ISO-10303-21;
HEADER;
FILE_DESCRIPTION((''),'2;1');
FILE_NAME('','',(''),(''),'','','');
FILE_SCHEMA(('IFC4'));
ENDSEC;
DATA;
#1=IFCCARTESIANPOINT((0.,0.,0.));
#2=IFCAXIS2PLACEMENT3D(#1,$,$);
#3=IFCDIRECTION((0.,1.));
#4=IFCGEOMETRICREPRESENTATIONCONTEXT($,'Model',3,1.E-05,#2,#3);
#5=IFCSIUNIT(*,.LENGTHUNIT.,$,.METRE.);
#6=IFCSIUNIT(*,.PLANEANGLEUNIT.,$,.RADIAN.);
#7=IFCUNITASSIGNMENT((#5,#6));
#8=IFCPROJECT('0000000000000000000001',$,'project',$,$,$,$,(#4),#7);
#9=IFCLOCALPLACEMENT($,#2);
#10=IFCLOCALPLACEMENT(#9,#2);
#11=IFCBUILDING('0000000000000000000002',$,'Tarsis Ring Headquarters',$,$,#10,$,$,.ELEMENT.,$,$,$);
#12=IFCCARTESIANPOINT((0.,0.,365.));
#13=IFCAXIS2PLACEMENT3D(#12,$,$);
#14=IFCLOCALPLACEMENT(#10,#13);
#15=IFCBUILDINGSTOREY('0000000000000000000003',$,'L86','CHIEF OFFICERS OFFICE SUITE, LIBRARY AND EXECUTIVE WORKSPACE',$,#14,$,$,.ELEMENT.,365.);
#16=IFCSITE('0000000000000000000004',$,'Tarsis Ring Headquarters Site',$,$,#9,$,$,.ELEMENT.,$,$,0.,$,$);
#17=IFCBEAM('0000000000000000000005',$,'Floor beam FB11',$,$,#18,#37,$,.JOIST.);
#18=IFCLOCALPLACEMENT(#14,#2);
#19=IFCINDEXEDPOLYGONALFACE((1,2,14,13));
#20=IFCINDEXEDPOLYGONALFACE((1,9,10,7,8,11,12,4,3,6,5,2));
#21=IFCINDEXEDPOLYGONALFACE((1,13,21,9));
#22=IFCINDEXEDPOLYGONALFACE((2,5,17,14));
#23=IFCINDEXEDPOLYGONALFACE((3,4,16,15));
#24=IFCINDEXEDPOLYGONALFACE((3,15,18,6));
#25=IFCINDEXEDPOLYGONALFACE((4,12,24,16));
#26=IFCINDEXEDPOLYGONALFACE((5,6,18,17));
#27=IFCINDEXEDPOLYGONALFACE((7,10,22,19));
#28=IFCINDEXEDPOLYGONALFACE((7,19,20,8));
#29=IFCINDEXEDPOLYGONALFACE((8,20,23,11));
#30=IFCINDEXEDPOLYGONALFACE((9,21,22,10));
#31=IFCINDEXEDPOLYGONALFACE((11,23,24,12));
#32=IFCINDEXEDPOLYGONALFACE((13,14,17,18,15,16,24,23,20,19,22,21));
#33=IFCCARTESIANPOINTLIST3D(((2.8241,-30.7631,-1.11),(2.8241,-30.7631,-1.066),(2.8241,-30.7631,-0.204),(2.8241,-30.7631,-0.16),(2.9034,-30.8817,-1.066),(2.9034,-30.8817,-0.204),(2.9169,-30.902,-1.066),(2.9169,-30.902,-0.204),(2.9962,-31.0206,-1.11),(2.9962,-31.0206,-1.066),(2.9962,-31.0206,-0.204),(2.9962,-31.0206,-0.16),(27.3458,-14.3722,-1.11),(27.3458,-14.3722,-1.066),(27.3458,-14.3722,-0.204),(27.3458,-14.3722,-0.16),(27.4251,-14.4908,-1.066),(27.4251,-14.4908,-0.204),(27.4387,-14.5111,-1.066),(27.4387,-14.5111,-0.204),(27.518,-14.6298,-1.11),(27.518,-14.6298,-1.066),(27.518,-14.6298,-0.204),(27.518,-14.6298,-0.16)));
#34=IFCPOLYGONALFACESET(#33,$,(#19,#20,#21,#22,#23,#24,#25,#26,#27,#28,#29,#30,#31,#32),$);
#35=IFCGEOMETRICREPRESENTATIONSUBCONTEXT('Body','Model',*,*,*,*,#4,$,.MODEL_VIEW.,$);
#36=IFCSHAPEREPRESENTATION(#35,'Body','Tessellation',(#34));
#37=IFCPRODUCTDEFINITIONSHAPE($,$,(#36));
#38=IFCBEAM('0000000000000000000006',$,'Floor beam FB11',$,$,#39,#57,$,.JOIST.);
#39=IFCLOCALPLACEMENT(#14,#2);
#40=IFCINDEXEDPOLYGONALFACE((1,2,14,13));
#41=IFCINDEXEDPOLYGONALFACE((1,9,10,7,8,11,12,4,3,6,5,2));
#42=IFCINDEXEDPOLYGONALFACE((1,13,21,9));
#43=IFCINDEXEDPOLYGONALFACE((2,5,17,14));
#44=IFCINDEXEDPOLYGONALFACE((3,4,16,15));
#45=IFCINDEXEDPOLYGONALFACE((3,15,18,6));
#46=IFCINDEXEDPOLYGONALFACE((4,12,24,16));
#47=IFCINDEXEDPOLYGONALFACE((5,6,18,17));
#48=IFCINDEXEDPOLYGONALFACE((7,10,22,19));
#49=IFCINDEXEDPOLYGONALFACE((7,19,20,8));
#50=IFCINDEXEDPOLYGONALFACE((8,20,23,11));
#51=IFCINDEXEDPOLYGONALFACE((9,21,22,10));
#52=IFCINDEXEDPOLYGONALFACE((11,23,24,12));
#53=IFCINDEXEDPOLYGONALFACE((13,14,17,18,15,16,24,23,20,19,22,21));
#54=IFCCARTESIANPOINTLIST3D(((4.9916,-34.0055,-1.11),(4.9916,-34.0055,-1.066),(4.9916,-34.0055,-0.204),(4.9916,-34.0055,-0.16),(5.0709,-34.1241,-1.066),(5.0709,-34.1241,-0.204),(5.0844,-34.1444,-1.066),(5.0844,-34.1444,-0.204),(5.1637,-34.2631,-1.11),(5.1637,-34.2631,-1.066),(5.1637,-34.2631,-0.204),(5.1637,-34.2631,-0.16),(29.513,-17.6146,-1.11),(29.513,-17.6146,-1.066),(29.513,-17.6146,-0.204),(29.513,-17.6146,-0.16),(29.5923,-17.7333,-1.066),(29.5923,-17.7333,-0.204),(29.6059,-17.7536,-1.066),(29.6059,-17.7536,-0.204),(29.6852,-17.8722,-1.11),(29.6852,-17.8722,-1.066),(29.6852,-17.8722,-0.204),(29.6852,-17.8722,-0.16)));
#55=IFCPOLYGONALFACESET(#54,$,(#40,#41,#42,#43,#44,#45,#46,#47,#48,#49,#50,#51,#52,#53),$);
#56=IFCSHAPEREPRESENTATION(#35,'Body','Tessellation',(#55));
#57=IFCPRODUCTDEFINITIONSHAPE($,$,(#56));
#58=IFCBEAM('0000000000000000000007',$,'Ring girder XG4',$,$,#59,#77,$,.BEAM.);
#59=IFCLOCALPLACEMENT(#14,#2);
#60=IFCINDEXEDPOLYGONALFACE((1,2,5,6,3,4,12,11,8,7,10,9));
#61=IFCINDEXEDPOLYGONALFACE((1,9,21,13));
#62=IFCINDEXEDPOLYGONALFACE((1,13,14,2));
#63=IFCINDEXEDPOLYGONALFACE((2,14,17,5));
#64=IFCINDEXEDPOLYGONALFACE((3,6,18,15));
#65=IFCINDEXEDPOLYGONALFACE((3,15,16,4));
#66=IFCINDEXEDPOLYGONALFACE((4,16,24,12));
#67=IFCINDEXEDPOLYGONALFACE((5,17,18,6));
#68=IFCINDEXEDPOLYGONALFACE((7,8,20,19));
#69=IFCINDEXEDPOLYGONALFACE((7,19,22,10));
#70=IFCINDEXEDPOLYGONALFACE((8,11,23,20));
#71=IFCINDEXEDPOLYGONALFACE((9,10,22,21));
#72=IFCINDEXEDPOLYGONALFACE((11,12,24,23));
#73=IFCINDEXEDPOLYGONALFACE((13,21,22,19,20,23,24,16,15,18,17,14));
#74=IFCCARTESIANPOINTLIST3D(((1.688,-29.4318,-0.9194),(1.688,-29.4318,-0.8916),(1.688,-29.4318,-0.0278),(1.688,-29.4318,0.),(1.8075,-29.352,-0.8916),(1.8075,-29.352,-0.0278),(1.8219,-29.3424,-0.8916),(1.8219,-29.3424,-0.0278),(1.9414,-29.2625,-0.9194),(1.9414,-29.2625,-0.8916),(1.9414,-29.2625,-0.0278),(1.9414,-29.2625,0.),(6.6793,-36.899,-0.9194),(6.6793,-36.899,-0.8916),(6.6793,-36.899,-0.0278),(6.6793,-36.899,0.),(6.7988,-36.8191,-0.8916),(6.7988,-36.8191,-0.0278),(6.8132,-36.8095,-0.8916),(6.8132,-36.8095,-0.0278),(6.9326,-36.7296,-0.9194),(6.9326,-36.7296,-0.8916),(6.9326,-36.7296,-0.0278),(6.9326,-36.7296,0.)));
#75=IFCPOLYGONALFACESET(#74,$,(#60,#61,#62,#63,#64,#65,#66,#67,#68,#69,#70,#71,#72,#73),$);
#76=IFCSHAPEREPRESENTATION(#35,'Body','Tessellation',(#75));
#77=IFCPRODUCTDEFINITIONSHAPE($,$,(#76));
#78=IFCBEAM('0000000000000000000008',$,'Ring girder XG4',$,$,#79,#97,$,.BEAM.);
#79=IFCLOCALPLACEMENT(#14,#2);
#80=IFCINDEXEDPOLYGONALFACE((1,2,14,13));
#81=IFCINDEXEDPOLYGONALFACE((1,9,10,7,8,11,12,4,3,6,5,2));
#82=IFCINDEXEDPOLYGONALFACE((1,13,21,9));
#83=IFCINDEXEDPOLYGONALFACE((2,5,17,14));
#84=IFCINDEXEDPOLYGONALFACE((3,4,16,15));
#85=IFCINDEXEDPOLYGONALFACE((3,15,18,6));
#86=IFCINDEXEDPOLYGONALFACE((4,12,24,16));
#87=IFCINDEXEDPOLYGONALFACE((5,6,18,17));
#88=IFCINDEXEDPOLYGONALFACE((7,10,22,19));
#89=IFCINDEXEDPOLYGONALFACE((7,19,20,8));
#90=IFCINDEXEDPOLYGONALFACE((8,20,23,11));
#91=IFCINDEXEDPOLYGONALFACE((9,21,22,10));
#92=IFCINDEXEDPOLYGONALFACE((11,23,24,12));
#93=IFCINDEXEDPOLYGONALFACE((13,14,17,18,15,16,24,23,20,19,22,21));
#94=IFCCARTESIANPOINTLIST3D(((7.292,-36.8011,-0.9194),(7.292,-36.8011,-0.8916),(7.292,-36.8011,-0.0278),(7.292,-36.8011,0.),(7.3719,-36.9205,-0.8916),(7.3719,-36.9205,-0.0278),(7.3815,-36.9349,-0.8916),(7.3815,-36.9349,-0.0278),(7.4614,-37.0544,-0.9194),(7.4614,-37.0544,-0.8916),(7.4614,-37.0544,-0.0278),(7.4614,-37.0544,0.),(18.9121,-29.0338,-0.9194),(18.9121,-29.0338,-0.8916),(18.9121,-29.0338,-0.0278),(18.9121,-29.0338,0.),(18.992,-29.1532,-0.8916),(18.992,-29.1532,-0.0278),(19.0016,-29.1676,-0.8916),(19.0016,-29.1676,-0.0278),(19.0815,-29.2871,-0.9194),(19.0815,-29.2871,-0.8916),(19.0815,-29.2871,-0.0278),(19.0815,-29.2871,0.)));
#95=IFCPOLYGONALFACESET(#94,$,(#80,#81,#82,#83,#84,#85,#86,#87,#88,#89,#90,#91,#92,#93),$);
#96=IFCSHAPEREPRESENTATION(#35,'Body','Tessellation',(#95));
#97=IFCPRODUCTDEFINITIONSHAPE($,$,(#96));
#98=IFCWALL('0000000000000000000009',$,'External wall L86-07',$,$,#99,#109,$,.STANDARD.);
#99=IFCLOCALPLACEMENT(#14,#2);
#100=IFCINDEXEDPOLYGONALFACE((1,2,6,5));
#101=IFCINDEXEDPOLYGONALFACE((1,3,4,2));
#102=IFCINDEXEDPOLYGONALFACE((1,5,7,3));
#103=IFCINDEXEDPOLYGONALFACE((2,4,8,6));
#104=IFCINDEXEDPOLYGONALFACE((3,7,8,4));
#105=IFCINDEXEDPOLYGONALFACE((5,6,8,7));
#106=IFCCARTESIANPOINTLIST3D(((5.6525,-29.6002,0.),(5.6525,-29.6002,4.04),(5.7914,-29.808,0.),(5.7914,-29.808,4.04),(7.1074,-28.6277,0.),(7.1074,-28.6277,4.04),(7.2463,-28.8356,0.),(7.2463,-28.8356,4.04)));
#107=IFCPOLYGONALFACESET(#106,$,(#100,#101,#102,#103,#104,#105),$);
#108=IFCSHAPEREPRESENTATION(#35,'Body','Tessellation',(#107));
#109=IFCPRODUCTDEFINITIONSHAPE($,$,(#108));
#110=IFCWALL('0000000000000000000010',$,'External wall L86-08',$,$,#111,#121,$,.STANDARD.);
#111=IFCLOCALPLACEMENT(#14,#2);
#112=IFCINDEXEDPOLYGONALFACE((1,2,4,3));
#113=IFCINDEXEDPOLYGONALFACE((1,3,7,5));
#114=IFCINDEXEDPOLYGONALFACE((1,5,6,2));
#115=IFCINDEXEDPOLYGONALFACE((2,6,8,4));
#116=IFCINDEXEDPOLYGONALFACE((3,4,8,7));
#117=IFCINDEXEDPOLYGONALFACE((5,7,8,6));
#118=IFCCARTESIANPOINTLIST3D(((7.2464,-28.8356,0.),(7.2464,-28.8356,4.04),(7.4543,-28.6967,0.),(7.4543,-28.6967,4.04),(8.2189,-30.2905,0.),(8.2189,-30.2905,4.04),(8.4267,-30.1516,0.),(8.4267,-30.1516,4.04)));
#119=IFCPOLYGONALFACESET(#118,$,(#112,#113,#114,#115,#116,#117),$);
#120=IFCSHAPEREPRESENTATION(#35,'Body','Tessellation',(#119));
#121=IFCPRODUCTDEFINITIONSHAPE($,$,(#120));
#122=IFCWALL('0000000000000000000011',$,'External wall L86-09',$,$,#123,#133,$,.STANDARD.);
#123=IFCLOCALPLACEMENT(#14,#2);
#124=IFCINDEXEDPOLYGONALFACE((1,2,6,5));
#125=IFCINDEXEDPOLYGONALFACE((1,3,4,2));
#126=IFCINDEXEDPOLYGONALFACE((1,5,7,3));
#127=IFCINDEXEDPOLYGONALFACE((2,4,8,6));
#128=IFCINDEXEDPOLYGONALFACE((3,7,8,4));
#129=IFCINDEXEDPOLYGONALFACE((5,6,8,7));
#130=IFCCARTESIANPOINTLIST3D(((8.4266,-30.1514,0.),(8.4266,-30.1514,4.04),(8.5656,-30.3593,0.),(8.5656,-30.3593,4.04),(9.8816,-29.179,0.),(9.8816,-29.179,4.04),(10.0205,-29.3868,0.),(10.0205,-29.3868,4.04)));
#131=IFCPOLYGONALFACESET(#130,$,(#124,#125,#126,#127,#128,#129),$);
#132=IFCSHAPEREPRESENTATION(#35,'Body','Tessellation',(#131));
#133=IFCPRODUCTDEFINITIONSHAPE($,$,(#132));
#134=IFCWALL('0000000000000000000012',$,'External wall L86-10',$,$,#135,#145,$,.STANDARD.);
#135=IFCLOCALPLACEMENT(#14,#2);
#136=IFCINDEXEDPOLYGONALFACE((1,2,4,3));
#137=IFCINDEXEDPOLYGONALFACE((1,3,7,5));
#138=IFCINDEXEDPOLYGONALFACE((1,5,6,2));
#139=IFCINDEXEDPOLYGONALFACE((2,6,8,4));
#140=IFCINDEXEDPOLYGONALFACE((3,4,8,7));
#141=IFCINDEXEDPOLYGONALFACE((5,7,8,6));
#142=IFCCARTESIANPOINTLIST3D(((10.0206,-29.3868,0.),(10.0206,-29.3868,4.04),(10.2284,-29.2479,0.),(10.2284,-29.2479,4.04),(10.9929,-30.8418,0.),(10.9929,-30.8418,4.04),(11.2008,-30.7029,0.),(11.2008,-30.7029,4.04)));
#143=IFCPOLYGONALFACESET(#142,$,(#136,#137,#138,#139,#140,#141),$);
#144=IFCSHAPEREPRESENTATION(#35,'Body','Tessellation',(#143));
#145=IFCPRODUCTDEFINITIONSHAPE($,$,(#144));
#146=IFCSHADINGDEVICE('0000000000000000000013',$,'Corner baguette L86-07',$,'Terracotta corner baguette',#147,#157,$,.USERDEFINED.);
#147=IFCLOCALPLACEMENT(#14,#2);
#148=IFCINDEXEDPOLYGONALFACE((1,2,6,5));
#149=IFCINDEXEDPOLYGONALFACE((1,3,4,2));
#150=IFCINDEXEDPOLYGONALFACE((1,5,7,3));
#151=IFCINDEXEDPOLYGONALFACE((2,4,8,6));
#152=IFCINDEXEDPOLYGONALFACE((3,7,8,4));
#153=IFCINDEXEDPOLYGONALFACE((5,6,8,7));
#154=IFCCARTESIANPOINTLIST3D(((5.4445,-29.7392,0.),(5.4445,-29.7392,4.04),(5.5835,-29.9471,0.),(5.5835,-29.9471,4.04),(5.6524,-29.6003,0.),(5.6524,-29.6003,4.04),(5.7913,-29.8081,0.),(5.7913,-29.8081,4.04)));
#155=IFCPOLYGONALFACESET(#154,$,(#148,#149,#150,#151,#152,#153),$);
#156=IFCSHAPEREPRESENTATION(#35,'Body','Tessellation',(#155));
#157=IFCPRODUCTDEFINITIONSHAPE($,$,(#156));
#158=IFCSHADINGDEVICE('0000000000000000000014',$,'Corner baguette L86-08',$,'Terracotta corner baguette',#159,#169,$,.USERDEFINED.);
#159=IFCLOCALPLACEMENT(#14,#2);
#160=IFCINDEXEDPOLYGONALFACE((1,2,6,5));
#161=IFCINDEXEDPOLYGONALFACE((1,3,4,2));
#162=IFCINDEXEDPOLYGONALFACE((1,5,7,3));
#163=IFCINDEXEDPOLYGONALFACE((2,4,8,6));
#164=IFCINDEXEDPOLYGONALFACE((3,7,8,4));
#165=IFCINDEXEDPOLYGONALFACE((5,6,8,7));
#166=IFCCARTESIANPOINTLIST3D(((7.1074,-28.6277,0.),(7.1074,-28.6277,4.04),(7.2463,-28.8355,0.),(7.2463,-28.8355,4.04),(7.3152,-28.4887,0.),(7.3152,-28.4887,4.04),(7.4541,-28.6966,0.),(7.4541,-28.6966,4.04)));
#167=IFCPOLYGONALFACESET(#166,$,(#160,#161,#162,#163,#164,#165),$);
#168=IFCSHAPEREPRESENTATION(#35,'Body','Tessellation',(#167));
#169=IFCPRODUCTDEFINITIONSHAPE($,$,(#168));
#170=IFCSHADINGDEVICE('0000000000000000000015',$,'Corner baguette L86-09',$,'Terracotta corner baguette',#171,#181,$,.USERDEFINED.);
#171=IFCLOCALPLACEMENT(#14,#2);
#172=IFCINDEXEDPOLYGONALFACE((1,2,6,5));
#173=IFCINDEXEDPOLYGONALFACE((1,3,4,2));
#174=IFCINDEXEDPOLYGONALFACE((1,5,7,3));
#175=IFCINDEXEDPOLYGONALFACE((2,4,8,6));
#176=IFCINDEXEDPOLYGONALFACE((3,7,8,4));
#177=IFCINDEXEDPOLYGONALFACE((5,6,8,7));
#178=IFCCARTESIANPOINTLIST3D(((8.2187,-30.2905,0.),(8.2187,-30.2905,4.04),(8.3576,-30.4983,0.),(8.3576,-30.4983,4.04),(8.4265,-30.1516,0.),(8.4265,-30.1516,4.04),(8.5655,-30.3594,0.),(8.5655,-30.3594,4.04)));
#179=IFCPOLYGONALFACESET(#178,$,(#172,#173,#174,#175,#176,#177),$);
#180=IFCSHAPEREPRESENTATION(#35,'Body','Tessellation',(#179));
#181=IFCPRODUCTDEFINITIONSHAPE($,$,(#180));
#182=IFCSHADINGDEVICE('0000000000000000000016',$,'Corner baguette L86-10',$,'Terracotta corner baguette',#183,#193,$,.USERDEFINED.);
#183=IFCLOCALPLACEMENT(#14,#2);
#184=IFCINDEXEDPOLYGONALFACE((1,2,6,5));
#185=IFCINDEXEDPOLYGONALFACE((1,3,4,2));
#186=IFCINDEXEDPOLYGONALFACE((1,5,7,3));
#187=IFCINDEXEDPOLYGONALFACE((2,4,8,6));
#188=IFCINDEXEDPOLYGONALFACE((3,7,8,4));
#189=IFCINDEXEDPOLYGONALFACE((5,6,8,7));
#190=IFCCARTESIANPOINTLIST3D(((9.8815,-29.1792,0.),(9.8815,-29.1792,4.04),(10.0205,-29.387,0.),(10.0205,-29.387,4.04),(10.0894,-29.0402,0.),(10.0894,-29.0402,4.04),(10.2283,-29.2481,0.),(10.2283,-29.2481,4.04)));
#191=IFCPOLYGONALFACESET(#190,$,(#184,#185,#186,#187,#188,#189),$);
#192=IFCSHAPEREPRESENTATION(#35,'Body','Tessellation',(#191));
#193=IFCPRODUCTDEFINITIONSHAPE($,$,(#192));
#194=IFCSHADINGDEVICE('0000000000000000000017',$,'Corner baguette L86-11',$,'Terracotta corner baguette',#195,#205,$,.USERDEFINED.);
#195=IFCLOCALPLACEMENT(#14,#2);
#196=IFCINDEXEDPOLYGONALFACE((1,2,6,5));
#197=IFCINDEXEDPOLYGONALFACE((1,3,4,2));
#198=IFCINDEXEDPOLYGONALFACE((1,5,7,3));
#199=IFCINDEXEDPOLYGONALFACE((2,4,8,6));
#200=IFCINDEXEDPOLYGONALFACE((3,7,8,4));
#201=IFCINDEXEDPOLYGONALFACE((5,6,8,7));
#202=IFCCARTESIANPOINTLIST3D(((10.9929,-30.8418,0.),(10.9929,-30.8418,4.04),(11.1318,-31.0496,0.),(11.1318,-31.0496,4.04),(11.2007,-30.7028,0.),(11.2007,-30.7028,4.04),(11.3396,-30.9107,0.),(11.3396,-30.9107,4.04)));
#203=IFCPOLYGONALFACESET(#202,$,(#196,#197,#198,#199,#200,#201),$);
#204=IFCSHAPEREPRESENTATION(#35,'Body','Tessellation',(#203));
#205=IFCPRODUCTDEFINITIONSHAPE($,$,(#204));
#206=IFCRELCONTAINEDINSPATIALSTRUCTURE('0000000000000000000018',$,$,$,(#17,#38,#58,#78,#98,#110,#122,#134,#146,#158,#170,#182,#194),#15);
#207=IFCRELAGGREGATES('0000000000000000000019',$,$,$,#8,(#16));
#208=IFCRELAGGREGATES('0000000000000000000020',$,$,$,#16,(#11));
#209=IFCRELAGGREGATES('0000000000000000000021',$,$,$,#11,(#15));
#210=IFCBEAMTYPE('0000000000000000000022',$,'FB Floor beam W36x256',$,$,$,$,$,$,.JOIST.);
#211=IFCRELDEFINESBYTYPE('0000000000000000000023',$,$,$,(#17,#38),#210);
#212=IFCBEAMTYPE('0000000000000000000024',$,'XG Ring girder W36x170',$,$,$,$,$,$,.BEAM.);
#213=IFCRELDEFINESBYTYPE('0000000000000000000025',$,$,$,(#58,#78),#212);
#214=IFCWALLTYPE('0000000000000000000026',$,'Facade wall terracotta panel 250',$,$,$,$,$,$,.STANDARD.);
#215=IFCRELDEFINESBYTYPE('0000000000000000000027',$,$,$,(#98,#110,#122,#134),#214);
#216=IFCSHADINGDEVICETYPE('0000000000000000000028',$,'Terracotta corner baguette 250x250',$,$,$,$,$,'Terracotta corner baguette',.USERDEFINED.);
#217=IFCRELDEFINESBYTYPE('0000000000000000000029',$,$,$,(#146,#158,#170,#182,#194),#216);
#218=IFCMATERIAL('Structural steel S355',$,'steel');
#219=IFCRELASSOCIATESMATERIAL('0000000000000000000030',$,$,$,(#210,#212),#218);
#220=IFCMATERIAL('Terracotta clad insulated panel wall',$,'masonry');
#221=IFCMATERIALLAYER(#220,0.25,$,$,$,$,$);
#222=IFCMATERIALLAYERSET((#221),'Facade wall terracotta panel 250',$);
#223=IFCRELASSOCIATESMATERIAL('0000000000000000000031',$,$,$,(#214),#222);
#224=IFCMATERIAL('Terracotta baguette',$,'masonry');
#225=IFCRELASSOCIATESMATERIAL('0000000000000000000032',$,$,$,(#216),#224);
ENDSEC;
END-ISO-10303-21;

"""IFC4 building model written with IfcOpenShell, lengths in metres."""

from ifc_helpers import new_model, si_unit, direction, frame, frame_2d, origin, origin_2d, place, context, subcontext, project, spatial, rectangle, i_section, extrude, material, layer, layer_set, material_profile, profile_set, type_object, element, save


model = new_model("IFC4")

# Units and contexts
model_context = context("Model", 3, precision=1e-05, world=origin(), true_north=direction((0.0, 1.0)))
body_context = subcontext(model_context, "Body", "Model", "MODEL_VIEW")
ifc_project = project(units=[si_unit("LENGTHUNIT", "METRE"), si_unit("PLANEANGLEUNIT", "RADIAN")], contexts=[model_context])

# Site, building, storey
site_placement = place(None, origin())
site = spatial("IfcSite", under=ifc_project, at=site_placement, Name="Tarsis Ring Headquarters Site", CompositionType="ELEMENT", RefElevation=0.0)
building_placement = place(site_placement, origin())
building = spatial("IfcBuilding", under=site, at=building_placement, Name="Tarsis Ring Headquarters", CompositionType="ELEMENT")
storey_placement = place(building_placement, frame((0.0, 0.0, 365.0)))
storey = spatial("IfcBuildingStorey", under=building, at=storey_placement, Name="L86", Description="CHIEF OFFICERS OFFICE SUITE, LIBRARY AND EXECUTIVE WORKSPACE", CompositionType="ELEMENT", Elevation=365.0)

# Shared definitions
ifc_material_1 = material(Name="Structural steel S355", Category="steel")

# Beams
ifc_material_profile_1 = material_profile(ifc_material_1, i_section(OverallWidth=0.3098, OverallDepth=0.95, WebThickness=0.0244, FlangeThickness=0.0439, at=origin_2d()), Name="W36x256")
ifc_profile_set_1 = profile_set([ifc_material_profile_1], Name="Structural steel S355")
beam_type_1 = type_object("IfcBeamType", Name="FB Floor beam W36x256", PredefinedType="JOIST", material=ifc_profile_set_1)
beam_1_placement = place(storey_placement, frame((2.9102, -30.8918, -0.635), z_axis=(0.831376, 0.55571, 0.0), x_axis=(-0.55571, 0.831376, 0.0)))
element("IfcBeam", 1, at=beam_1_placement, inside=storey, type_object=beam_type_1, Name="Floor beam FB11", PredefinedType="JOIST", context=body_context, shape_type="SweptSolid", body=[
    extrude(i_section(OverallWidth=0.3098, OverallDepth=0.95, WebThickness=0.0244, FlangeThickness=0.0439, at=origin_2d()), origin(), (0.0, 0.0, 1.0), 29.4954),
])
beam_2_placement = place(storey_placement, frame((5.0776, -34.1343, -0.635), z_axis=(0.831373, 0.555714, 0.0), x_axis=(-0.555714, 0.831373, 0.0)))
element("IfcBeam", 2, at=beam_2_placement, inside=storey, type_object=beam_type_1, Name="Floor beam FB11", PredefinedType="JOIST", context=body_context, shape_type="SweptSolid", body=[
    extrude(i_section(OverallWidth=0.3098, OverallDepth=0.95, WebThickness=0.0244, FlangeThickness=0.0439, at=origin_2d()), origin(), (0.0, 0.0, 1.0), 29.4951),
])
ifc_material_profile_2 = material_profile(ifc_material_1, i_section(OverallWidth=0.3047, OverallDepth=0.9194, WebThickness=0.0173, FlangeThickness=0.0278, at=origin_2d()), Name="W36x170")
ifc_profile_set_2 = profile_set([ifc_material_profile_2], Name="Structural steel S355")
beam_type_2 = type_object("IfcBeamType", Name="XG Ring girder W36x170", PredefinedType="BEAM", material=ifc_profile_set_2)
beam_3_placement = place(storey_placement, frame((1.8147, -29.3472, -0.4597), z_axis=(0.555716, -0.831372, 0.0), x_axis=(0.831372, 0.555716, 0.0)))
element("IfcBeam", 3, at=beam_3_placement, inside=storey, type_object=beam_type_2, Name="Ring girder XG4", PredefinedType="BEAM", context=body_context, shape_type="SweptSolid", body=[
    extrude(i_section(OverallWidth=0.3047, OverallDepth=0.9194, WebThickness=0.0173, FlangeThickness=0.0278, at=origin_2d()), origin(), (0.0, 0.0, 1.0), 8.9817),
])
beam_4_placement = place(storey_placement, frame((7.3767, -36.9277, -0.4597), z_axis=(0.83137, 0.55572, 0.0), x_axis=(-0.55572, 0.83137, 0.0)))
element("IfcBeam", 4, at=beam_4_placement, inside=storey, type_object=beam_type_2, Name="Ring girder XG4", PredefinedType="BEAM", context=body_context, shape_type="SweptSolid", body=[
    extrude(i_section(OverallWidth=0.3047, OverallDepth=0.9194, WebThickness=0.0173, FlangeThickness=0.0278, at=origin_2d()), origin(), (0.0, 0.0, 1.0), 13.9771),
])

# Walls
ifc_material_2 = material(Name="Terracotta clad insulated panel wall", Category="masonry")
ifc_layer_1 = layer(ifc_material_2, 0.25)
ifc_layer_set_1 = layer_set([ifc_layer_1], Name="Facade wall terracotta panel 250")
wall_type = type_object("IfcWallType", Name="Facade wall terracotta panel 250", PredefinedType="STANDARD", material=ifc_layer_set_1)
for number, where, z_axis, x_axis, name in (
    (5, (5.7219, -29.7041, 0.0), (0.0, 0.0, 1.0), (0.831384, 0.555698, 0.0), "External wall L86-07"),
    (6, (7.3503, -28.7661, 0.0), (0.0, 0.0, 1.0), (0.555698, -0.831384, 0.0), "External wall L86-08"),
    (7, (8.4961, -30.2554, 0.0), (0.0, 0.0, 1.0), (0.831384, 0.555698, 0.0), "External wall L86-09"),
    (8, (10.1245, -29.3174, 0.0), (0.0, 0.0, 1.0), (0.555633, -0.831427, 0.0), "External wall L86-10"),
):
    element("IfcWall", number, at=place(storey_placement, frame(where, z_axis=z_axis, x_axis=x_axis)), inside=storey, type_object=wall_type, Name=name, PredefinedType="STANDARD", context=body_context, shape_type="SweptSolid", body=[
        extrude(rectangle(XDim=1.75, YDim=0.25, at=frame_2d((0.875, 0.0))), origin(), (0.0, 0.0, 1.0), 4.04),
    ])

# Shading devices
ifc_material_3 = material(Name="Terracotta baguette", Category="masonry")
shading_device_type_1 = type_object("IfcShadingDeviceType", Name="Terracotta corner baguette 250x250", ElementType="Terracotta corner baguette", PredefinedType="USERDEFINED", material=ifc_material_3)
for number, where, z_axis, x_axis, name in (
    (9, (5.6179, -29.7737, 0.0), (0.0, 0.0, 1.0), (0.555715, -0.831373, 0.0), "Corner baguette L86-07"),
    (10, (7.2808, -28.6621, 0.0), (0.0, 0.0, 1.0), (0.831373, 0.555715, 0.0), "Corner baguette L86-08"),
    (11, (8.3921, -30.325, 0.0), (0.0, 0.0, 1.0), (0.555715, -0.831373, 0.0), "Corner baguette L86-09"),
    (12, (10.0549, -29.2136, 0.0), (0.0, 0.0, 1.0), (0.831373, 0.555715, 0.0), "Corner baguette L86-10"),
    (13, (11.1663, -30.8762, 0.0), (0.0, 0.0, 1.0), (0.555715, -0.831373, 0.0), "Corner baguette L86-11"),
):
    element("IfcShadingDevice", number, at=place(storey_placement, frame(where, z_axis=z_axis, x_axis=x_axis)), inside=storey, type_object=shading_device_type_1, Name=name, ObjectType="Terracotta corner baguette", PredefinedType="USERDEFINED", context=body_context, shape_type="SweptSolid", body=[
        extrude(rectangle(XDim=0.25, YDim=0.25, at=origin_2d()), origin(), (0.0, 0.0, 1.0), 4.04),
    ])

save(model, "model.ifc")
